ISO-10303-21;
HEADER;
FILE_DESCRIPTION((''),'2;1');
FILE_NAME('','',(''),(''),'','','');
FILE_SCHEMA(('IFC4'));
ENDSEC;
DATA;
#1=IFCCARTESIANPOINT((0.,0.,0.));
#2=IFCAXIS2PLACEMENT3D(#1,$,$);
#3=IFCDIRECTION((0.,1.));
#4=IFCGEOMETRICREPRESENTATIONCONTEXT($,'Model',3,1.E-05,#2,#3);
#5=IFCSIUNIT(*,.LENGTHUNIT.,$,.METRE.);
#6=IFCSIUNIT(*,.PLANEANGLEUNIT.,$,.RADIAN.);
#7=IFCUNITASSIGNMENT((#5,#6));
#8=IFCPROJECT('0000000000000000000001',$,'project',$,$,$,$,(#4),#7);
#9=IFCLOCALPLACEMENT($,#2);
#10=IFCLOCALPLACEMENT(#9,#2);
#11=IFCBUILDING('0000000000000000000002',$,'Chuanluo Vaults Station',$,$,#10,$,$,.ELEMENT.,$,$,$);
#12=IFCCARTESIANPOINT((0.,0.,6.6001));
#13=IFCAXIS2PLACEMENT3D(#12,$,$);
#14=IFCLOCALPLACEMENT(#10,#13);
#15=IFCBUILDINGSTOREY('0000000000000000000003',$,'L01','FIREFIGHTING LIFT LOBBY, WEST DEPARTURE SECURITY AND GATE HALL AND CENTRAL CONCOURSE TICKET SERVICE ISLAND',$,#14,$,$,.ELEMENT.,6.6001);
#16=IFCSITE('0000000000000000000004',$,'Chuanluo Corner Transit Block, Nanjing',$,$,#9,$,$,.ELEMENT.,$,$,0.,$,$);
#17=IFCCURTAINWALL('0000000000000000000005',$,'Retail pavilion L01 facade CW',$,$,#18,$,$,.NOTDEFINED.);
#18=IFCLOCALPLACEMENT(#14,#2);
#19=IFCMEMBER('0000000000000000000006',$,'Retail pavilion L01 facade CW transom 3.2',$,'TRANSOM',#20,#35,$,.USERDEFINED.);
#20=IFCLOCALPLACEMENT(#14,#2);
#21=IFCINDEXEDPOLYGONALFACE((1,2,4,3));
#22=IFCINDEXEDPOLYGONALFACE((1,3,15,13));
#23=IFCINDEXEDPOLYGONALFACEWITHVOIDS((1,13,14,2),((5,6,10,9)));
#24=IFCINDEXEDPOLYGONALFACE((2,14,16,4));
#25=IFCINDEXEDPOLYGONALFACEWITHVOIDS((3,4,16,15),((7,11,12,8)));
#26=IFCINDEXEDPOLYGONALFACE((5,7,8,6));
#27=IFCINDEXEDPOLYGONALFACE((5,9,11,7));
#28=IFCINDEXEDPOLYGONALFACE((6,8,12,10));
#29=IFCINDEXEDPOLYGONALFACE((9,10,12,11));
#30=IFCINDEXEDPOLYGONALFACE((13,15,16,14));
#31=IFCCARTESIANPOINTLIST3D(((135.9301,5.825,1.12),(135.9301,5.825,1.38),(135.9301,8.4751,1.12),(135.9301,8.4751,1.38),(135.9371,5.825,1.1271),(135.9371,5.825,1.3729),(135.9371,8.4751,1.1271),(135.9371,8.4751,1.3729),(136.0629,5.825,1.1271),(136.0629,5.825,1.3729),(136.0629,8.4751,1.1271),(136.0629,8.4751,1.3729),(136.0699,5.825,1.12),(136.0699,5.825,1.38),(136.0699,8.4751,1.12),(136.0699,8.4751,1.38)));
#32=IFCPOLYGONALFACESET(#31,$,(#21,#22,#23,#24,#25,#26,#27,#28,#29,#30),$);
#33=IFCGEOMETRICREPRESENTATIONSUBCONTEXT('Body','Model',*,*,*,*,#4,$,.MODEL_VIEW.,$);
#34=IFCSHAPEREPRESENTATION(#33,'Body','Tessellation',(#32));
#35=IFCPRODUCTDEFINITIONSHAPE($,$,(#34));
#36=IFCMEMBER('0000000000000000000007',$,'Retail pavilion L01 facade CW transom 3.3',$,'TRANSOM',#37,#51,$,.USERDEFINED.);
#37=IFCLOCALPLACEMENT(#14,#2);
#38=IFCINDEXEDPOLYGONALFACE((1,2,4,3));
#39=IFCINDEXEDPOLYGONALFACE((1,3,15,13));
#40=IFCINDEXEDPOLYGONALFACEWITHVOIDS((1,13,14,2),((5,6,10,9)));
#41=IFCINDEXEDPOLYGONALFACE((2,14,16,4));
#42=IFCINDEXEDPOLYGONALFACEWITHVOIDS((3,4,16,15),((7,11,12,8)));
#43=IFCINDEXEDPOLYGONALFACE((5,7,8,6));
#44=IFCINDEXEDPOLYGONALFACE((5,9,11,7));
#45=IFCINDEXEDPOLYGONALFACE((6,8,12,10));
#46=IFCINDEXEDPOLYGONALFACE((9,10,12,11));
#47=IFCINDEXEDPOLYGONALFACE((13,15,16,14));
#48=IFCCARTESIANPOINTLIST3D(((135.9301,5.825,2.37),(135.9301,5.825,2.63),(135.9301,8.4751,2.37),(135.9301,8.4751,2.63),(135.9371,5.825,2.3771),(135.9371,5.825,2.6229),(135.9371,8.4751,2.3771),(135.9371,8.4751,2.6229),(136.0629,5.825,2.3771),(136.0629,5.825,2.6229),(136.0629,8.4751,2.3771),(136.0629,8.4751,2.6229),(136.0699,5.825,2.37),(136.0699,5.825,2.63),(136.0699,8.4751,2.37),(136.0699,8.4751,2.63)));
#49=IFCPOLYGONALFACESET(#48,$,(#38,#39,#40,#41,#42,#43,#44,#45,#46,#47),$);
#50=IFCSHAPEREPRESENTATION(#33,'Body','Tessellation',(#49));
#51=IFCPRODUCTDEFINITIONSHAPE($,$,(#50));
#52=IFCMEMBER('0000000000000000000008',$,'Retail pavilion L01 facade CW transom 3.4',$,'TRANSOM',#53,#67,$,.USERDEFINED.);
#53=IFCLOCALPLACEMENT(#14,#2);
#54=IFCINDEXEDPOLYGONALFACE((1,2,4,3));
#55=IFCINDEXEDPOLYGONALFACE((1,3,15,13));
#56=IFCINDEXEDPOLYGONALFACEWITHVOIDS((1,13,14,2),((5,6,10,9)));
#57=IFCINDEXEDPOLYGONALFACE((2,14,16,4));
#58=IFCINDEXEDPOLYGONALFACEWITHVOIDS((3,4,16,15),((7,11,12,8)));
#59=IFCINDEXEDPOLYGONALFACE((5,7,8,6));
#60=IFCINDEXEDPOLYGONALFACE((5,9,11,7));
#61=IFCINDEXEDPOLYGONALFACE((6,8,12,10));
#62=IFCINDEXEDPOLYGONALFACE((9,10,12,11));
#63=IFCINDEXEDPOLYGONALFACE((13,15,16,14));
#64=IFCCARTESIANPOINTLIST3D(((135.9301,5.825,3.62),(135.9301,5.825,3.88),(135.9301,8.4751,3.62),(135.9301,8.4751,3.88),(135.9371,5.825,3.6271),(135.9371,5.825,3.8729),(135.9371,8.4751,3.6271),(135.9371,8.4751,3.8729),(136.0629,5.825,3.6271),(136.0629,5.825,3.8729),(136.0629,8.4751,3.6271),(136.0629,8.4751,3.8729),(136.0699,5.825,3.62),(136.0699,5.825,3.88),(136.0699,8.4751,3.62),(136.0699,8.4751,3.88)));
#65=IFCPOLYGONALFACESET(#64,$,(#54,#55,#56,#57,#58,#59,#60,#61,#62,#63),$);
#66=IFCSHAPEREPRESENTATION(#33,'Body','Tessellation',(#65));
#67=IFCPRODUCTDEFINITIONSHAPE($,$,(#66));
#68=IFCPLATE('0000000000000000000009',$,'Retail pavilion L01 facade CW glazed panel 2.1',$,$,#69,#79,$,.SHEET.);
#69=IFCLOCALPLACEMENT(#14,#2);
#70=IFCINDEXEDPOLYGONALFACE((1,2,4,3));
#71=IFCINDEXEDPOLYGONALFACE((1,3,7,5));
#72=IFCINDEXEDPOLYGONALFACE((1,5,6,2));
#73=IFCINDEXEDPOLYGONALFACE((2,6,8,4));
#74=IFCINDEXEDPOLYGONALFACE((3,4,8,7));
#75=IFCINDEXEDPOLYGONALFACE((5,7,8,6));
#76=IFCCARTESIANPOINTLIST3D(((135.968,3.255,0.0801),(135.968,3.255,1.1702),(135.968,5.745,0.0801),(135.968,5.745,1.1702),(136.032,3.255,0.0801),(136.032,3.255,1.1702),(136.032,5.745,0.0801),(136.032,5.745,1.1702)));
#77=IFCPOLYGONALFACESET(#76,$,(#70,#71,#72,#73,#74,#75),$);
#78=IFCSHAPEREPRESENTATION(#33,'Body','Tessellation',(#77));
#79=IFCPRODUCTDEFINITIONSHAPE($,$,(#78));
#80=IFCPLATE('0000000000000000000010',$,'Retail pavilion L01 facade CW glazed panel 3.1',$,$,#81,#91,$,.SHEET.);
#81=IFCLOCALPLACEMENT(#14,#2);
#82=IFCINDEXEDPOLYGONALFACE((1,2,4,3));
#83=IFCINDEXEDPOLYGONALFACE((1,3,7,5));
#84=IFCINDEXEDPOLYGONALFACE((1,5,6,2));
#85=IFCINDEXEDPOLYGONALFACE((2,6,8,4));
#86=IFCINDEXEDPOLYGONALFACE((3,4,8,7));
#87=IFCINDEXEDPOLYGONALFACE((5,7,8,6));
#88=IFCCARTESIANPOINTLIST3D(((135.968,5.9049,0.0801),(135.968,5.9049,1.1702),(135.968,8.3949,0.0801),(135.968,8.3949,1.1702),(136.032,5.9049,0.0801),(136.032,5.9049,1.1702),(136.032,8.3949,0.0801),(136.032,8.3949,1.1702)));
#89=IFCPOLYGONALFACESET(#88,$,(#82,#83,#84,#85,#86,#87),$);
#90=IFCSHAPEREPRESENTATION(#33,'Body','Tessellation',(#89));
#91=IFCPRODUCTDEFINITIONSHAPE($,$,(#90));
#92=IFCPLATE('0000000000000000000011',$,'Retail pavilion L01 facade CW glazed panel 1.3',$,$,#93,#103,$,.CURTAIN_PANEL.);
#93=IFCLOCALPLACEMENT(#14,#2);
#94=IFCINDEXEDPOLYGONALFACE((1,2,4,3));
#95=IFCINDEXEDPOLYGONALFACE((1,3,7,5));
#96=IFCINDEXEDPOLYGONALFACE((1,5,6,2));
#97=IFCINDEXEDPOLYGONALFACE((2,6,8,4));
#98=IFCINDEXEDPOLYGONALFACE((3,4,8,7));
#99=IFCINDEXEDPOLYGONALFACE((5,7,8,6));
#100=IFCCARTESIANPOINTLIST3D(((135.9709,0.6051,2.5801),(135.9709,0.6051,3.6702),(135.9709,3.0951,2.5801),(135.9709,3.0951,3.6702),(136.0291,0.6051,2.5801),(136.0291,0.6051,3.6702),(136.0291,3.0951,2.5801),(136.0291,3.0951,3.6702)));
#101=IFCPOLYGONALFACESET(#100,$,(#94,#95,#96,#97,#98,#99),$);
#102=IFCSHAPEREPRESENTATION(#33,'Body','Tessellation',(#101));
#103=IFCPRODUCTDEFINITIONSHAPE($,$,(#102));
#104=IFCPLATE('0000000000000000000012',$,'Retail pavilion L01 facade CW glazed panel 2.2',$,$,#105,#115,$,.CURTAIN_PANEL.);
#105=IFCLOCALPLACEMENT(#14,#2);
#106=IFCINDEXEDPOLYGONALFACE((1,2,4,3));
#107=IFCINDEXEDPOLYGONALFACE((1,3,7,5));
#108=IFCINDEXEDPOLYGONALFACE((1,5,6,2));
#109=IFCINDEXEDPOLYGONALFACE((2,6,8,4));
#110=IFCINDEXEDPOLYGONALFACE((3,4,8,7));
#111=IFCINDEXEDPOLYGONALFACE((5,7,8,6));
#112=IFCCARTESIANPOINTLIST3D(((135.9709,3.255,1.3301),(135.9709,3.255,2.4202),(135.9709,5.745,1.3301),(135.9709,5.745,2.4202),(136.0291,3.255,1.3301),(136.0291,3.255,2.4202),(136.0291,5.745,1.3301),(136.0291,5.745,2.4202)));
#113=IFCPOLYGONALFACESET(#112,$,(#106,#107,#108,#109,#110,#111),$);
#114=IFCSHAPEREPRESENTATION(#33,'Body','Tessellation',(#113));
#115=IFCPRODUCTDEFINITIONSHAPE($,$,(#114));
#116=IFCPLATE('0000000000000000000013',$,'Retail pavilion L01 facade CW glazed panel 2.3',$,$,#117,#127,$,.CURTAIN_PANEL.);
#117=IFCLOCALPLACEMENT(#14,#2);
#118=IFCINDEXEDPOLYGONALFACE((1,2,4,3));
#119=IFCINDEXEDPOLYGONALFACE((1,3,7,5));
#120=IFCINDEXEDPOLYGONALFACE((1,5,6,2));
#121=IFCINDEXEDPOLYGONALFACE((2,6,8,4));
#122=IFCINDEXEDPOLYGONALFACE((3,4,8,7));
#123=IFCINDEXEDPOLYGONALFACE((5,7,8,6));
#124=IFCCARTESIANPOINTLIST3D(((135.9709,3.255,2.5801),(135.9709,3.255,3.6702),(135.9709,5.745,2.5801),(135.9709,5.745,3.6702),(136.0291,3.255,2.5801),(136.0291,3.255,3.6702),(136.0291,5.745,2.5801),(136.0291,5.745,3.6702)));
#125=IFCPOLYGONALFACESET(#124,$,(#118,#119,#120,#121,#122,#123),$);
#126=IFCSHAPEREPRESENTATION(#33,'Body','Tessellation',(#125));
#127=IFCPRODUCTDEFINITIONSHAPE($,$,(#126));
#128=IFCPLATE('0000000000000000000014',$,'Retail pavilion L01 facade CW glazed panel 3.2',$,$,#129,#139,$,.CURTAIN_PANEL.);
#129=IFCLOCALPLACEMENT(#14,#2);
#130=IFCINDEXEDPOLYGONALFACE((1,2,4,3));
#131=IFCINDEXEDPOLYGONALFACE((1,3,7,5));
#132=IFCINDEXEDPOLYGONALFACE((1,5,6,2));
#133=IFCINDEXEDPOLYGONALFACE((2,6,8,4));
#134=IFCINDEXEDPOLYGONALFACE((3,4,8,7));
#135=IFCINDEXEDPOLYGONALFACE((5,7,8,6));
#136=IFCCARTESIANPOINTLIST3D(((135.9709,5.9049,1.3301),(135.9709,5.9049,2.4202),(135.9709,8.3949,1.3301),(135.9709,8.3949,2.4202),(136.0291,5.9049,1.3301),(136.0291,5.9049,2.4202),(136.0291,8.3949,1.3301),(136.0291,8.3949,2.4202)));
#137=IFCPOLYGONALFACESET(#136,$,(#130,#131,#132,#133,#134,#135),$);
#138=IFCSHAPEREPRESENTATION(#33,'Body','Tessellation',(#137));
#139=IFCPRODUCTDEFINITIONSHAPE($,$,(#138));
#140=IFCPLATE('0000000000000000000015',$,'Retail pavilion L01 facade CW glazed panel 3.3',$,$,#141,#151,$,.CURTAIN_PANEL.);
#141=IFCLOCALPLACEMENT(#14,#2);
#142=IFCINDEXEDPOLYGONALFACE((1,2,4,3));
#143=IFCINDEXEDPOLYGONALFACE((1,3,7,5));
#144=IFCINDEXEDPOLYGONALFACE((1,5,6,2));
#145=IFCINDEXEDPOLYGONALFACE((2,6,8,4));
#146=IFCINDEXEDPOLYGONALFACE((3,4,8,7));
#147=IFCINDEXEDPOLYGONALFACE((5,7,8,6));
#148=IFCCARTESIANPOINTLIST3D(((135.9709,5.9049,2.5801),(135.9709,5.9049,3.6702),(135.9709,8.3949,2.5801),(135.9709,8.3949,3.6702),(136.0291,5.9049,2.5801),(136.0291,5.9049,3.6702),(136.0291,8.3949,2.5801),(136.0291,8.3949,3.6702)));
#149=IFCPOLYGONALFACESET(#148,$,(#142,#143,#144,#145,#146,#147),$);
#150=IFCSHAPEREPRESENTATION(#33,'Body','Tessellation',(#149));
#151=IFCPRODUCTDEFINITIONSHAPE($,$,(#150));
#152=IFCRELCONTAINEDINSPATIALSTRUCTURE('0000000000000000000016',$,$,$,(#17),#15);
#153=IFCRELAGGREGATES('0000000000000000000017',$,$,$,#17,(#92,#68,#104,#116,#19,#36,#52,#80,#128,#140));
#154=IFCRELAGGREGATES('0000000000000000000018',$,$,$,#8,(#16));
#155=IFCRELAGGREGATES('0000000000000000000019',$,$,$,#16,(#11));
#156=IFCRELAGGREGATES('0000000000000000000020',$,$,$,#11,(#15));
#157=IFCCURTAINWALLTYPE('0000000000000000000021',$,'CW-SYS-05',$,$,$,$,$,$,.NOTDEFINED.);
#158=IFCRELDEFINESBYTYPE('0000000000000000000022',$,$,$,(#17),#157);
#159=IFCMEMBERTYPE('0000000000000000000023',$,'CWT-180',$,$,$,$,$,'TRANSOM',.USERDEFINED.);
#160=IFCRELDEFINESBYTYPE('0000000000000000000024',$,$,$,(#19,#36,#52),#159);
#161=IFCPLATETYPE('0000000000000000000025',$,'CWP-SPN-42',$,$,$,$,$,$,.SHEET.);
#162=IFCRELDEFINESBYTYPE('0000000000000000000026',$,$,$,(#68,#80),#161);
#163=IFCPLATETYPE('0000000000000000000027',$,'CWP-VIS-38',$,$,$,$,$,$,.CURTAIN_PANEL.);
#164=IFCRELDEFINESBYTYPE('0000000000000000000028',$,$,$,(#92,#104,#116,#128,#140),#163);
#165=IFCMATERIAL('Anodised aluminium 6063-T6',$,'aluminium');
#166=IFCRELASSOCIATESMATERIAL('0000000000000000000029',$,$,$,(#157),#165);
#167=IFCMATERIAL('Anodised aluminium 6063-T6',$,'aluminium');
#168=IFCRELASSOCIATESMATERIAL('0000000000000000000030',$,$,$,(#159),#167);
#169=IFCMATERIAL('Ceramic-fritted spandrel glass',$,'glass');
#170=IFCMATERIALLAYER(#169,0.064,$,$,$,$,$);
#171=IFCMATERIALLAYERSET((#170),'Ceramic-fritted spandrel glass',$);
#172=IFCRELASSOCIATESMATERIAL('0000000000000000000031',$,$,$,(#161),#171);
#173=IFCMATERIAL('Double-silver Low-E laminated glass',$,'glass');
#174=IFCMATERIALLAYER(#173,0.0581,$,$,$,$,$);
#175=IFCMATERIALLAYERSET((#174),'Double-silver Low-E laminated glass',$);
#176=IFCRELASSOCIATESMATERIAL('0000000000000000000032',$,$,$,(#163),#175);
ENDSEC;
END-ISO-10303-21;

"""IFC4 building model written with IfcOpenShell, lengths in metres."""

from ifc_helpers import new_model, si_unit, direction, frame, origin, origin_2d, place, context, subcontext, project, spatial, rectangle, hollow_rectangle, extrude, material, layer, layer_set, material_profile, profile_set, type_object, element, aggregate, save


model = new_model("IFC4")

# Units and contexts
model_context = context("Model", 3, precision=1e-05, world=origin(), true_north=direction((0.0, 1.0)))
body_context = subcontext(model_context, "Body", "Model", "MODEL_VIEW")
ifc_project = project(units=[si_unit("LENGTHUNIT", "METRE"), si_unit("PLANEANGLEUNIT", "RADIAN")], contexts=[model_context])

# Site, building, storey
site_placement = place(None, origin())
site = spatial("IfcSite", under=ifc_project, at=site_placement, Name="Chuanluo Corner Transit Block, Nanjing", CompositionType="ELEMENT", RefElevation=0.0)
building_placement = place(site_placement, origin())
building = spatial("IfcBuilding", under=site, at=building_placement, Name="Chuanluo Vaults Station", CompositionType="ELEMENT")
storey_placement = place(building_placement, frame((0.0, 0.0, 6.6001)))
storey = spatial("IfcBuildingStorey", under=building, at=storey_placement, Name="L01", Description="FIREFIGHTING LIFT LOBBY, WEST DEPARTURE SECURITY AND GATE HALL AND CENTRAL CONCOURSE TICKET SERVICE ISLAND", CompositionType="ELEMENT", Elevation=6.6001)

# Curtain wall
ifc_material_1 = material(Name="Anodised aluminium 6063-T6", Category="aluminium")
curtain_wall_type_1 = type_object("IfcCurtainWallType", Name="CW-SYS-05", PredefinedType="NOTDEFINED", material=ifc_material_1)
curtain_wall_1_placement = place(storey_placement, origin())
curtain_wall_1 = element("IfcCurtainWall", 1, at=curtain_wall_1_placement, inside=storey, type_object=curtain_wall_type_1, Name="Retail pavilion L01 facade CW", PredefinedType="NOTDEFINED")

# Members
ifc_material_2 = material(Name="Anodised aluminium 6063-T6", Category="aluminium")
ifc_material_profile_1 = material_profile(ifc_material_2, hollow_rectangle(XDim=0.1399, YDim=0.26, WallThickness=0.0071, at=origin_2d()))
ifc_profile_set_1 = profile_set([ifc_material_profile_1], Name="Anodised aluminium 6063-T6")
member_type_1 = type_object("IfcMemberType", Name="CWT-180", ElementType="TRANSOM", PredefinedType="USERDEFINED", material=ifc_profile_set_1)
member_1_placement = place(storey_placement, frame((136.0, 5.825, 1.25), z_axis=(0.0, 1.0, 0.0), x_axis=(-1.0, 0.0, 0.0)))
member_1 = element("IfcMember", 2, at=member_1_placement, type_object=member_type_1, Name="Retail pavilion L01 facade CW transom 3.2", ObjectType="TRANSOM", PredefinedType="USERDEFINED", context=body_context, shape_type="SweptSolid", body=[
    extrude(hollow_rectangle(XDim=0.1399, YDim=0.26, WallThickness=0.0071, at=origin_2d()), origin(), (0.0, 0.0, 1.0), 2.6501),
])
member_2_placement = place(storey_placement, frame((136.0, 5.825, 2.5), z_axis=(0.0, 1.0, 0.0), x_axis=(-1.0, 0.0, 0.0)))
member_2 = element("IfcMember", 3, at=member_2_placement, type_object=member_type_1, Name="Retail pavilion L01 facade CW transom 3.3", ObjectType="TRANSOM", PredefinedType="USERDEFINED", context=body_context, shape_type="SweptSolid", body=[
    extrude(hollow_rectangle(XDim=0.1399, YDim=0.26, WallThickness=0.0071, at=origin_2d()), origin(), (0.0, 0.0, 1.0), 2.6501),
])
member_3_placement = place(storey_placement, frame((136.0, 5.825, 3.75), z_axis=(0.0, 1.0, 0.0), x_axis=(-1.0, 0.0, 0.0)))
member_3 = element("IfcMember", 4, at=member_3_placement, type_object=member_type_1, Name="Retail pavilion L01 facade CW transom 3.4", ObjectType="TRANSOM", PredefinedType="USERDEFINED", context=body_context, shape_type="SweptSolid", body=[
    extrude(hollow_rectangle(XDim=0.1399, YDim=0.26, WallThickness=0.0071, at=origin_2d()), origin(), (0.0, 0.0, 1.0), 2.6501),
])

# Plates
ifc_material_3 = material(Name="Ceramic-fritted spandrel glass", Category="glass")
ifc_layer_1 = layer(ifc_material_3, 0.064)
ifc_layer_set_1 = layer_set([ifc_layer_1], Name="Ceramic-fritted spandrel glass")
plate_type_1 = type_object("IfcPlateType", Name="CWP-SPN-42", PredefinedType="SHEET", material=ifc_layer_set_1)
plate_1_placement = place(storey_placement, frame((136.0, 4.5, 0.0801), z_axis=(0.0, 0.0, 1.0), x_axis=(0.0, 1.0, 0.0)))
plate_1 = element("IfcPlate", 5, at=plate_1_placement, type_object=plate_type_1, Name="Retail pavilion L01 facade CW glazed panel 2.1", PredefinedType="SHEET", context=body_context, shape_type="SweptSolid", body=[
    extrude(rectangle(XDim=2.49, YDim=0.064, at=origin_2d()), origin(), (0.0, 0.0, 1.0), 1.0901),
])
plate_2_placement = place(storey_placement, frame((136.0, 7.1499, 0.0801), z_axis=(0.0, 0.0, 1.0), x_axis=(0.0, 1.0, 0.0)))
plate_2 = element("IfcPlate", 6, at=plate_2_placement, type_object=plate_type_1, Name="Retail pavilion L01 facade CW glazed panel 3.1", PredefinedType="SHEET", context=body_context, shape_type="SweptSolid", body=[
    extrude(rectangle(XDim=2.49, YDim=0.064, at=origin_2d()), origin(), (0.0, 0.0, 1.0), 1.0901),
])
ifc_material_4 = material(Name="Double-silver Low-E laminated glass", Category="glass")
ifc_layer_2 = layer(ifc_material_4, 0.0581)
ifc_layer_set_2 = layer_set([ifc_layer_2], Name="Double-silver Low-E laminated glass")
plate_type_2 = type_object("IfcPlateType", Name="CWP-VIS-38", PredefinedType="CURTAIN_PANEL", material=ifc_layer_set_2)
plate_3_placement = place(storey_placement, frame((136.0, 1.8501, 2.5801), z_axis=(0.0, 0.0, 1.0), x_axis=(0.0, 1.0, 0.0)))
plate_3 = element("IfcPlate", 7, at=plate_3_placement, type_object=plate_type_2, Name="Retail pavilion L01 facade CW glazed panel 1.3", PredefinedType="CURTAIN_PANEL", context=body_context, shape_type="SweptSolid", body=[
    extrude(rectangle(XDim=2.49, YDim=0.0581, at=origin_2d()), origin(), (0.0, 0.0, 1.0), 1.0901),
])
plate_4_placement = place(storey_placement, frame((136.0, 4.5, 1.3301), z_axis=(0.0, 0.0, 1.0), x_axis=(0.0, 1.0, 0.0)))
plate_4 = element("IfcPlate", 8, at=plate_4_placement, type_object=plate_type_2, Name="Retail pavilion L01 facade CW glazed panel 2.2", PredefinedType="CURTAIN_PANEL", context=body_context, shape_type="SweptSolid", body=[
    extrude(rectangle(XDim=2.49, YDim=0.0581, at=origin_2d()), origin(), (0.0, 0.0, 1.0), 1.0901),
])
plate_5_placement = place(storey_placement, frame((136.0, 4.5, 2.5801), z_axis=(0.0, 0.0, 1.0), x_axis=(0.0, 1.0, 0.0)))
plate_5 = element("IfcPlate", 9, at=plate_5_placement, type_object=plate_type_2, Name="Retail pavilion L01 facade CW glazed panel 2.3", PredefinedType="CURTAIN_PANEL", context=body_context, shape_type="SweptSolid", body=[
    extrude(rectangle(XDim=2.49, YDim=0.0581, at=origin_2d()), origin(), (0.0, 0.0, 1.0), 1.0901),
])
plate_6_placement = place(storey_placement, frame((136.0, 7.1499, 1.3301), z_axis=(0.0, 0.0, 1.0), x_axis=(0.0, 1.0, 0.0)))
plate_6 = element("IfcPlate", 10, at=plate_6_placement, type_object=plate_type_2, Name="Retail pavilion L01 facade CW glazed panel 3.2", PredefinedType="CURTAIN_PANEL", context=body_context, shape_type="SweptSolid", body=[
    extrude(rectangle(XDim=2.49, YDim=0.0581, at=origin_2d()), origin(), (0.0, 0.0, 1.0), 1.0901),
])
plate_7_placement = place(storey_placement, frame((136.0, 7.1499, 2.5801), z_axis=(0.0, 0.0, 1.0), x_axis=(0.0, 1.0, 0.0)))
plate_7 = element("IfcPlate", 11, at=plate_7_placement, type_object=plate_type_2, Name="Retail pavilion L01 facade CW glazed panel 3.3", PredefinedType="CURTAIN_PANEL", context=body_context, shape_type="SweptSolid", body=[
    extrude(rectangle(XDim=2.49, YDim=0.0581, at=origin_2d()), origin(), (0.0, 0.0, 1.0), 1.0901),
])
aggregate(curtain_wall_1, [plate_3, plate_1, plate_4, plate_5, member_1, member_2, member_3, plate_2, plate_6, plate_7])

save(model, "model.ifc")
